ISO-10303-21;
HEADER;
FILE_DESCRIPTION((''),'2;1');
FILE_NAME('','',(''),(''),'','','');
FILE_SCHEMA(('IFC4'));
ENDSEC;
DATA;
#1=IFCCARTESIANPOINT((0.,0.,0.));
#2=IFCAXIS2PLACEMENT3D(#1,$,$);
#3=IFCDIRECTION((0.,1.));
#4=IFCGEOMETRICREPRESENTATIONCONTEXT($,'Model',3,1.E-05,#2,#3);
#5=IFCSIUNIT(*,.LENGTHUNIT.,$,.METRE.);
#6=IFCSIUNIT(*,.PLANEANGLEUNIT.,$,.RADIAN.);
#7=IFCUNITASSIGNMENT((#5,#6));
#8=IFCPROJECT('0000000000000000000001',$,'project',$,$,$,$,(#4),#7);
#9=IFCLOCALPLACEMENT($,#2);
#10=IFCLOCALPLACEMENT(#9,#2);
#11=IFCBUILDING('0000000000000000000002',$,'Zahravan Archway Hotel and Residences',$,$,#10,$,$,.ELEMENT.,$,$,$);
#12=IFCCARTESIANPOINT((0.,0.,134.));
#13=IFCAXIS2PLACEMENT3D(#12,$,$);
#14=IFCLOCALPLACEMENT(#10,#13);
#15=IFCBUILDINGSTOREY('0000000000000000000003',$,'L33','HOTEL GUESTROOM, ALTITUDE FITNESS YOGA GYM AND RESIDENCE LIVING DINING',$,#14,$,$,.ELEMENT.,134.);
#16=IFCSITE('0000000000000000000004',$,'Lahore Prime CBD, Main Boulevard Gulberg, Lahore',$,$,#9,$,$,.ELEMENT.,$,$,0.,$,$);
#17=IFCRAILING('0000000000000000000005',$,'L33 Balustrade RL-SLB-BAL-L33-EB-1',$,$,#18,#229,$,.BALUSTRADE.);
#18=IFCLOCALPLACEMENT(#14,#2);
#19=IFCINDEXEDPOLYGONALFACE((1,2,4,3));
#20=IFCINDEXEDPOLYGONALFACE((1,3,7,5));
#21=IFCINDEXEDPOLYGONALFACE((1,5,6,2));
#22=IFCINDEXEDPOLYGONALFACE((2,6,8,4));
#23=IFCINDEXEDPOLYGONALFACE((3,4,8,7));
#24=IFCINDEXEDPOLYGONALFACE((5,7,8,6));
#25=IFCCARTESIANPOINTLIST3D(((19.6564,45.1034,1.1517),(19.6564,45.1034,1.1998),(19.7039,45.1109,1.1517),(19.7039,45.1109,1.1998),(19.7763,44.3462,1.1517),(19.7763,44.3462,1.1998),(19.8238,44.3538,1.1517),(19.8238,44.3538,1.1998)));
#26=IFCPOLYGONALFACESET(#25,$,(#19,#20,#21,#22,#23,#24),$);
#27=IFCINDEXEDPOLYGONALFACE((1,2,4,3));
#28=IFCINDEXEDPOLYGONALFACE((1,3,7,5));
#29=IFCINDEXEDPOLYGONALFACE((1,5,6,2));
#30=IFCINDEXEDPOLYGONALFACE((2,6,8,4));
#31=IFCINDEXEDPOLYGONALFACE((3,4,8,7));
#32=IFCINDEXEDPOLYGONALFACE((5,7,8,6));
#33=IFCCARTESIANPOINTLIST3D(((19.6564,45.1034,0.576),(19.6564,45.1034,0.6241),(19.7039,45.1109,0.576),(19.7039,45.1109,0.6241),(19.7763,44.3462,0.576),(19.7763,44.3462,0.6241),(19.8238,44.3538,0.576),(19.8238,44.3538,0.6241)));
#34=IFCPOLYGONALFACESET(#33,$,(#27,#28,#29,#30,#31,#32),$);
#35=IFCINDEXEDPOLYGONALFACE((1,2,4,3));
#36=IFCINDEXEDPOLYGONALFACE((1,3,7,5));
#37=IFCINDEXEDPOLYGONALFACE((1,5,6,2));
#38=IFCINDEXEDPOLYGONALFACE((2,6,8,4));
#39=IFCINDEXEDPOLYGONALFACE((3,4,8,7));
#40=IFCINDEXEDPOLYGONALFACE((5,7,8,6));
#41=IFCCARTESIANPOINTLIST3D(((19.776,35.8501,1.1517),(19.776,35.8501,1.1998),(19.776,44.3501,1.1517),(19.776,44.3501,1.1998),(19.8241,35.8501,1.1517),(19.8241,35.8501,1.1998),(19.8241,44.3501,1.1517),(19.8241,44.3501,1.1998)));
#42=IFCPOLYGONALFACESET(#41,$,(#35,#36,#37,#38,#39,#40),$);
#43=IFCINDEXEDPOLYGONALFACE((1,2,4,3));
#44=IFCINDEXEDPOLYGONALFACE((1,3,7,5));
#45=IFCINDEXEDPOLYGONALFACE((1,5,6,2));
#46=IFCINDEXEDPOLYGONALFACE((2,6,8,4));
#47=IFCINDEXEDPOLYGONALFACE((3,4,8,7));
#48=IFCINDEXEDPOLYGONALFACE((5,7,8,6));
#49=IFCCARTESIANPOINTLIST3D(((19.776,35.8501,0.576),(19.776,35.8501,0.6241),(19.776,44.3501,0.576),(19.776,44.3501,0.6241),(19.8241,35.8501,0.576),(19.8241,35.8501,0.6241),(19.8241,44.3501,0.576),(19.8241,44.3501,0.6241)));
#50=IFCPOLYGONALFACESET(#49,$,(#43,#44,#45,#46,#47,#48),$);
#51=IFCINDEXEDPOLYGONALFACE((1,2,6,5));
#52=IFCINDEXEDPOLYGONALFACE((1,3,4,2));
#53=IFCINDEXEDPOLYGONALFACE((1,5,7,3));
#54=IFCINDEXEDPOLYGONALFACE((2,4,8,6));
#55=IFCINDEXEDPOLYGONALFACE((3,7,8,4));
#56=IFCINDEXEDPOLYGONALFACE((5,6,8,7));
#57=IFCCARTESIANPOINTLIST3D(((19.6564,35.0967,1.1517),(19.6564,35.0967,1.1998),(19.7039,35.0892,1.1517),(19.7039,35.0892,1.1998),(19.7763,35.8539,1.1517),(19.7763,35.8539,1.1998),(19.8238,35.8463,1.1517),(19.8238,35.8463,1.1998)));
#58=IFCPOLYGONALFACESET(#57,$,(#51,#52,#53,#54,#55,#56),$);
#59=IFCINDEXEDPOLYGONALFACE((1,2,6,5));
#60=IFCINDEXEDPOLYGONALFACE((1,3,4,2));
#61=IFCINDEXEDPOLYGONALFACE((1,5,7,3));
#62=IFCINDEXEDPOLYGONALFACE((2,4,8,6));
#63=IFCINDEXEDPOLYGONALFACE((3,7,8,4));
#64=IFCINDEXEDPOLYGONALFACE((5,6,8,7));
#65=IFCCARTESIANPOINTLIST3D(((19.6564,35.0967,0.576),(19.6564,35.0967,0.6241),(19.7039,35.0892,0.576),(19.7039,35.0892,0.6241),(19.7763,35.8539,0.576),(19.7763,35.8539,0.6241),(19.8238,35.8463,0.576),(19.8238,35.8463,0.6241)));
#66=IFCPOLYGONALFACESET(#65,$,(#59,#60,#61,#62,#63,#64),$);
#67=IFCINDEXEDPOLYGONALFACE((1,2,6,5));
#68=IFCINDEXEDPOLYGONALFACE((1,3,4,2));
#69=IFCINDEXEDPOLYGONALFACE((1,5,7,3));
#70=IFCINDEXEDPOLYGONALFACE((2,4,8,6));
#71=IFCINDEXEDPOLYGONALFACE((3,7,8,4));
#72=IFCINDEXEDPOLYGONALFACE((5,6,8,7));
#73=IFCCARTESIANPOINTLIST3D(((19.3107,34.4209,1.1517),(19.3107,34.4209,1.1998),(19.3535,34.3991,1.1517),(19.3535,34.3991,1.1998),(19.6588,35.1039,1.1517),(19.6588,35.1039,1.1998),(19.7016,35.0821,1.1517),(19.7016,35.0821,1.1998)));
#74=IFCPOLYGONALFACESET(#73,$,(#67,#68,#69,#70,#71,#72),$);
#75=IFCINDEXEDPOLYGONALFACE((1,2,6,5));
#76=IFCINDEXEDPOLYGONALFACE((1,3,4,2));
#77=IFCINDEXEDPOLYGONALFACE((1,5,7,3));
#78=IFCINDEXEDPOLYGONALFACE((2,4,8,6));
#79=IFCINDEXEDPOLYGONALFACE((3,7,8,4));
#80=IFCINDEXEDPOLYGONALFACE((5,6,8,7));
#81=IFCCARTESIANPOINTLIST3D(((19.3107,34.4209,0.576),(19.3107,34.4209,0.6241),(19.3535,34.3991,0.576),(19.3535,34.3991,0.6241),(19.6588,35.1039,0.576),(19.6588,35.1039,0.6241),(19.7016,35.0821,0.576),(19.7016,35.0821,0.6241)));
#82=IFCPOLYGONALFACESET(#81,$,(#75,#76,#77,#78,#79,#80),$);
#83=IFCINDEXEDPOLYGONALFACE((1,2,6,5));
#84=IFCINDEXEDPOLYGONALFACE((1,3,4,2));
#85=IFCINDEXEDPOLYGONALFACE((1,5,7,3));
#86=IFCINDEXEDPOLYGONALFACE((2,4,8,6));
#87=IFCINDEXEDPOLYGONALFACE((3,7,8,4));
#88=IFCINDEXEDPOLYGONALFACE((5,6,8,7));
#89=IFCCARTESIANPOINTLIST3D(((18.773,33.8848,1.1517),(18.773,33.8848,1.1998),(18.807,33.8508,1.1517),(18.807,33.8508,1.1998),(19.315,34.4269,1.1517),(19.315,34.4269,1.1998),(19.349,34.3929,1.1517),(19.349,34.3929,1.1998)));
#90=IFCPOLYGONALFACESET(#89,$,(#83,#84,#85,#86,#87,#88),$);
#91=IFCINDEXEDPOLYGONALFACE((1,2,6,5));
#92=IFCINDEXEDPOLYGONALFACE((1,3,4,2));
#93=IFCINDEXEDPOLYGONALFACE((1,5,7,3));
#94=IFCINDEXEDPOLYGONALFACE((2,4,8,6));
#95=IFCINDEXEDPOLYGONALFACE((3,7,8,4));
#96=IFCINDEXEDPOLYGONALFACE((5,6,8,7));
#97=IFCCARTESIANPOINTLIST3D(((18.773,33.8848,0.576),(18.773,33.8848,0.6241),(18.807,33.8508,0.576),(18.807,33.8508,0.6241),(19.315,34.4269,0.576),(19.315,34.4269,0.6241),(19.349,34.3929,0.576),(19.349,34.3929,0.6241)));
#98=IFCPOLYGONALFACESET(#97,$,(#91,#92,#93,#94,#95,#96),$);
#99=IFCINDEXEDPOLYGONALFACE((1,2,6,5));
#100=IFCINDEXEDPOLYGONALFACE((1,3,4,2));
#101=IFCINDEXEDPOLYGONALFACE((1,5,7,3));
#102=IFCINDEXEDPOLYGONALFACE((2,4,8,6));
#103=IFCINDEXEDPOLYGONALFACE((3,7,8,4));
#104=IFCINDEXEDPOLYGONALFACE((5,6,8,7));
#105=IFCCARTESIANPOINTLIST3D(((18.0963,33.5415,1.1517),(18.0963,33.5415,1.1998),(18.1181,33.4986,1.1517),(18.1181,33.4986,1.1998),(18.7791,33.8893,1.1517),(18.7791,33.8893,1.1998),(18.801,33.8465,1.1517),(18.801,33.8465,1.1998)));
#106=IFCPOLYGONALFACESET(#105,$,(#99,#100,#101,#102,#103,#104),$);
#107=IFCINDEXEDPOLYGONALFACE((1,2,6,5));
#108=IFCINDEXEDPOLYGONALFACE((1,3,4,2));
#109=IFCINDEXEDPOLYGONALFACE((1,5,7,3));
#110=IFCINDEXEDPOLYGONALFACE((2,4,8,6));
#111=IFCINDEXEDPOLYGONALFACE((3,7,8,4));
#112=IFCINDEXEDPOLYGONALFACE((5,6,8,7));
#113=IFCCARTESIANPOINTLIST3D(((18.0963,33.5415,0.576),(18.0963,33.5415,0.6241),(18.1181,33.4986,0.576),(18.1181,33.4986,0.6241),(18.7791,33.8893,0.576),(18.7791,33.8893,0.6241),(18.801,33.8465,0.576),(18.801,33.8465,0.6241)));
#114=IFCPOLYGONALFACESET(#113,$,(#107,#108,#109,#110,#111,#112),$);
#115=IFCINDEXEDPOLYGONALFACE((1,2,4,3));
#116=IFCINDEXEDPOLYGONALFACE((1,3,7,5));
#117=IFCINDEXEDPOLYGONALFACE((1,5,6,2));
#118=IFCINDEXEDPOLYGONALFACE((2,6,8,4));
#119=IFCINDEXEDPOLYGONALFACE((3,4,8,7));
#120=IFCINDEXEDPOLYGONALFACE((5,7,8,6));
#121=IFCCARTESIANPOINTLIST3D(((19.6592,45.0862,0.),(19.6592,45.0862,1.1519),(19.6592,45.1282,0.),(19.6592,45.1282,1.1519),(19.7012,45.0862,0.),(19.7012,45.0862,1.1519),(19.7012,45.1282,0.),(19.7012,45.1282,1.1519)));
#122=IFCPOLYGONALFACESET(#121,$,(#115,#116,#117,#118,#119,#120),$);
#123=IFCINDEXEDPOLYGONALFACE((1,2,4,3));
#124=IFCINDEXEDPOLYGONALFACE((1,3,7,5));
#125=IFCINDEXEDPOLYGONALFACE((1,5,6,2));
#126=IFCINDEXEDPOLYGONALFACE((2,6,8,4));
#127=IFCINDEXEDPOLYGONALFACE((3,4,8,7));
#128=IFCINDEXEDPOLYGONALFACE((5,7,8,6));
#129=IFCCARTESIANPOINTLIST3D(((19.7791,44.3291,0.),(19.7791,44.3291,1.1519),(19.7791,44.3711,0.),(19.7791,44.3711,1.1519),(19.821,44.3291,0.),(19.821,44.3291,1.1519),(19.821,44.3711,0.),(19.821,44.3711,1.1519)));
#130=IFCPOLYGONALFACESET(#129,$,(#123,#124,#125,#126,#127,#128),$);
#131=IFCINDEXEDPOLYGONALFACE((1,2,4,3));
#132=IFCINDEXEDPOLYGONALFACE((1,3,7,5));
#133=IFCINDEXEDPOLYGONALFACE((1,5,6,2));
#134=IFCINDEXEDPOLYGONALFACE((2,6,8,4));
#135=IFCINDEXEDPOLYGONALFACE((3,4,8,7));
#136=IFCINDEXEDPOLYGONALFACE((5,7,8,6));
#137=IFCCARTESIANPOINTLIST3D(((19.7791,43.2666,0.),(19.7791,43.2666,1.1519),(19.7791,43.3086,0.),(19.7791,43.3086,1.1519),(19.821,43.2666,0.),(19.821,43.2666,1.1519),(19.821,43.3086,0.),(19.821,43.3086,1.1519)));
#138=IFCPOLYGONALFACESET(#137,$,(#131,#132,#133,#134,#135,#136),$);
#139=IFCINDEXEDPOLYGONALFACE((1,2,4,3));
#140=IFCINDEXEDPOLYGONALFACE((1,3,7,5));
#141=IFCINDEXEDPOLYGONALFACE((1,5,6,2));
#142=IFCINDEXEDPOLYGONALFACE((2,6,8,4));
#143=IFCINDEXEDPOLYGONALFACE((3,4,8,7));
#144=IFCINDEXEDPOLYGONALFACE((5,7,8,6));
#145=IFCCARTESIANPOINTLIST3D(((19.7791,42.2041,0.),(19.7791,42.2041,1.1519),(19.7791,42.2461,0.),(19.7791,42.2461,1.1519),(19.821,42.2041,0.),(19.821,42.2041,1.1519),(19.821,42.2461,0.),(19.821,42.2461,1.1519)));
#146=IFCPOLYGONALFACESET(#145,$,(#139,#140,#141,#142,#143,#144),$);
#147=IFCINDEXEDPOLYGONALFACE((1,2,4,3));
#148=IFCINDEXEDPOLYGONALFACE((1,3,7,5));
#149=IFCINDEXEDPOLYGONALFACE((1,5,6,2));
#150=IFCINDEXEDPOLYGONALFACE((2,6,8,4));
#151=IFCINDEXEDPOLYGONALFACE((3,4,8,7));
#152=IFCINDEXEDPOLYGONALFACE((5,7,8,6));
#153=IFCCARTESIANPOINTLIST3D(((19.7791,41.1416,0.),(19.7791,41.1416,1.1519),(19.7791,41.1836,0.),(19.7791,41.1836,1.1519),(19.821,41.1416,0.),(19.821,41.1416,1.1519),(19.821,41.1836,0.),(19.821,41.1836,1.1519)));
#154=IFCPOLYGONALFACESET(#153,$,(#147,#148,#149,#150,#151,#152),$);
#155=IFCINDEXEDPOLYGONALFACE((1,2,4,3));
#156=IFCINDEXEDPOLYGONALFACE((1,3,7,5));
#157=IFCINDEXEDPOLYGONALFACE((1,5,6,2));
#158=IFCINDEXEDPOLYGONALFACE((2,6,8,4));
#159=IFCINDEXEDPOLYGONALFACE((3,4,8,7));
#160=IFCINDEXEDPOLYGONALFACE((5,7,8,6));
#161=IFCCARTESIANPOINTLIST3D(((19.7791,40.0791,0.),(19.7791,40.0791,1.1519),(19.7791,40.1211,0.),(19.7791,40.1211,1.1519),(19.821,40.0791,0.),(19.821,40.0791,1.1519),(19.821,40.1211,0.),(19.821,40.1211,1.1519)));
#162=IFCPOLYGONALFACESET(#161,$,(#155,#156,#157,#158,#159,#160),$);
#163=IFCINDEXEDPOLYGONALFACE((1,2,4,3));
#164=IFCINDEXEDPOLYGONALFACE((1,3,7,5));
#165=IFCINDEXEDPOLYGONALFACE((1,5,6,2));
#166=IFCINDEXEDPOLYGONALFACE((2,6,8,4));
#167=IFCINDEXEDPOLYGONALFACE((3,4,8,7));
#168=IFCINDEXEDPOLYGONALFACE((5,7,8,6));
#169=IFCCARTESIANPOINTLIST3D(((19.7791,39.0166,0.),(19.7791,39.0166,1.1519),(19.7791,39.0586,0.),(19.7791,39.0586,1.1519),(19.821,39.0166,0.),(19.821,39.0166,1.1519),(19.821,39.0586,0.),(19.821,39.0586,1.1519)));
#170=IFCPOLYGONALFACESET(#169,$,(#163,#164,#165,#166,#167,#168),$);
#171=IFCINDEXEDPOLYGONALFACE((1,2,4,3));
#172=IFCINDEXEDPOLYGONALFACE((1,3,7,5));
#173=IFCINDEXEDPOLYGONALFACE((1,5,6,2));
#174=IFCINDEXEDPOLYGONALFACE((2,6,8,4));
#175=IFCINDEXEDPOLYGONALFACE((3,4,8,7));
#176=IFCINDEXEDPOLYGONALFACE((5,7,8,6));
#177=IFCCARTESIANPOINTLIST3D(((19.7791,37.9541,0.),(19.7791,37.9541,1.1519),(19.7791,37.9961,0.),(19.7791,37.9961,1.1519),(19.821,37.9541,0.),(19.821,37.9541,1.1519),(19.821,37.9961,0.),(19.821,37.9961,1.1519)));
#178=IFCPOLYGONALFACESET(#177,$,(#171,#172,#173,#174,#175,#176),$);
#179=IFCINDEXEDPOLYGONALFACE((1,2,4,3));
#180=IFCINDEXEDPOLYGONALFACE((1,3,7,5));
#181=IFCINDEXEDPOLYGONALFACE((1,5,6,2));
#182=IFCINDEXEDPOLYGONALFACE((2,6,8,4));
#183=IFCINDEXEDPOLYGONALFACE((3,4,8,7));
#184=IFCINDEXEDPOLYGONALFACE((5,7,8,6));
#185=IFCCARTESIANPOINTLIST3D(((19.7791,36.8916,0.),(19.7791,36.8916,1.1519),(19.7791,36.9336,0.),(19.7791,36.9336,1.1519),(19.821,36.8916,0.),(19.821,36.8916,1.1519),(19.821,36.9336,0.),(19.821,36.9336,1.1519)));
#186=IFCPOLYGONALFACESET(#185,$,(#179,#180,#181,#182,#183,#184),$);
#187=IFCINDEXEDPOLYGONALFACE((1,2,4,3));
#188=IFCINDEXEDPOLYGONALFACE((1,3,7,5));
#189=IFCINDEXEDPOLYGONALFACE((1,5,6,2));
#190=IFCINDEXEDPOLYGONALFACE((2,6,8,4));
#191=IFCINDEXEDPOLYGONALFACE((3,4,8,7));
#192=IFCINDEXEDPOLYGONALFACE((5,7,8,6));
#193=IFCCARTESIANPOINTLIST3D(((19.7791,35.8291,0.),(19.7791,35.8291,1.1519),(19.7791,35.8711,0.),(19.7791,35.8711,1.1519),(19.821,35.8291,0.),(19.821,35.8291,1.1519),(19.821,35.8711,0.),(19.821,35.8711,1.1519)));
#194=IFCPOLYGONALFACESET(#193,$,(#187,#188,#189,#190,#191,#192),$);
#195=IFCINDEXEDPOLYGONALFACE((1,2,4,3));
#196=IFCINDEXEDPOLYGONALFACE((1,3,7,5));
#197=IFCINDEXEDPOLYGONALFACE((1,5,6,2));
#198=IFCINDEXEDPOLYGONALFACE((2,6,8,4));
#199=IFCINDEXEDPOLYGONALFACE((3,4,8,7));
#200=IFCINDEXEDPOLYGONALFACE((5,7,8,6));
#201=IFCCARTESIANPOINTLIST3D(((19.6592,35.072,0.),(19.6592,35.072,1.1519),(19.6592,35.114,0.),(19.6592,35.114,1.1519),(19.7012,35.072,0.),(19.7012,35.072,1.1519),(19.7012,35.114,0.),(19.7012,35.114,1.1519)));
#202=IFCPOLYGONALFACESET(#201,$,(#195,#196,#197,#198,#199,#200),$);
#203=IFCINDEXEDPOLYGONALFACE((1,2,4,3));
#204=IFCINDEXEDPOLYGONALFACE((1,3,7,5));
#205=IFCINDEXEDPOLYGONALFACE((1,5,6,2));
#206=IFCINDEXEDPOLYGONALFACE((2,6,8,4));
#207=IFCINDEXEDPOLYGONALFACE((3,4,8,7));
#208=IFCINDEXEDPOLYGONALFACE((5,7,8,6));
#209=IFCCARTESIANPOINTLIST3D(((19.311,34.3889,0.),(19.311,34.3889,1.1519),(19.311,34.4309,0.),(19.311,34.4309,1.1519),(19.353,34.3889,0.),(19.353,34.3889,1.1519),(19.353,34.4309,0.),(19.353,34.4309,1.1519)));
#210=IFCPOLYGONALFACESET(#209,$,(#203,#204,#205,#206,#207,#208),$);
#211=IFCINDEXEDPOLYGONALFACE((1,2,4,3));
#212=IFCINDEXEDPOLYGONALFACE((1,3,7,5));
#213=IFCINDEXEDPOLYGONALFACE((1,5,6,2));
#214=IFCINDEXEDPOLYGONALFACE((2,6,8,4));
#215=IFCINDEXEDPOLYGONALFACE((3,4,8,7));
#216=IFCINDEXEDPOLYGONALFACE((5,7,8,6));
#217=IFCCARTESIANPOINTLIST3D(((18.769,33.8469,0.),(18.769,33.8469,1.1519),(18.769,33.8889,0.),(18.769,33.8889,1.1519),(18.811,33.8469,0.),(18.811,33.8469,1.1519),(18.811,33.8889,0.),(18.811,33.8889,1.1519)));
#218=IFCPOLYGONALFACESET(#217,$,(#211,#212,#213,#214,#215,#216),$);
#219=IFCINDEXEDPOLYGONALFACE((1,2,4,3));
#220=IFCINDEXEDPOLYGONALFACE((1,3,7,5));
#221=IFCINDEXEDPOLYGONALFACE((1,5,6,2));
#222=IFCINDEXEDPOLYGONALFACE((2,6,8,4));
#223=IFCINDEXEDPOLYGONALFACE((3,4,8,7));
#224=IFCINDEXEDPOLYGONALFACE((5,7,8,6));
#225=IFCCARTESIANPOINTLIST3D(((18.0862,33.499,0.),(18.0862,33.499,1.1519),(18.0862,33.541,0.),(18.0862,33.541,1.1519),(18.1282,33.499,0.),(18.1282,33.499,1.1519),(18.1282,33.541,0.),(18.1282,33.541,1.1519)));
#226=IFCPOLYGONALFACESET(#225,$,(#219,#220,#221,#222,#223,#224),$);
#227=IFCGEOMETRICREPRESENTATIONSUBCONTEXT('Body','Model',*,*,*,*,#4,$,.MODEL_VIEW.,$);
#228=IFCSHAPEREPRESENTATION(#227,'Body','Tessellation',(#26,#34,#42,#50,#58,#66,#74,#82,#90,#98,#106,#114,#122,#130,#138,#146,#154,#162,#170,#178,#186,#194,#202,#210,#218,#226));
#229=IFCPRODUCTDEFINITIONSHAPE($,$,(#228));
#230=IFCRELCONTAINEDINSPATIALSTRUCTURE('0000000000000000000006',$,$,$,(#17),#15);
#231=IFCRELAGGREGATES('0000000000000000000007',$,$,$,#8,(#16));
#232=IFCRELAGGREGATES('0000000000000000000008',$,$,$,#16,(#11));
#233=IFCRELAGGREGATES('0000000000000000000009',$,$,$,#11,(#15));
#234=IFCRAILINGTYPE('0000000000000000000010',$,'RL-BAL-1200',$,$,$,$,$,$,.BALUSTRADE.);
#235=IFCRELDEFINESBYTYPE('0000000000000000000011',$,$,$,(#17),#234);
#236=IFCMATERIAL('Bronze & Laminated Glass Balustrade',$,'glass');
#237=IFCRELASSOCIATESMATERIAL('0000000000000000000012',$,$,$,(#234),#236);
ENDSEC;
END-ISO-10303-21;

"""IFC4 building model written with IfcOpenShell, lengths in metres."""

from ifc_helpers import new_model, si_unit, direction, frame, origin, origin_2d, place, context, subcontext, project, spatial, rectangle, extrude, material, type_object, element, save


model = new_model("IFC4")

# Units and contexts
model_context = context("Model", 3, precision=1e-05, world=origin(), true_north=direction((0.0, 1.0)))
body_context = subcontext(model_context, "Body", "Model", "MODEL_VIEW")
ifc_project = project(units=[si_unit("LENGTHUNIT", "METRE"), si_unit("PLANEANGLEUNIT", "RADIAN")], contexts=[model_context])

# Site, building, storey
site_placement = place(None, origin())
site = spatial("IfcSite", under=ifc_project, at=site_placement, Name="Lahore Prime CBD, Main Boulevard Gulberg, Lahore", CompositionType="ELEMENT", RefElevation=0.0)
building_placement = place(site_placement, origin())
building = spatial("IfcBuilding", under=site, at=building_placement, Name="Zahravan Archway Hotel and Residences", CompositionType="ELEMENT")
storey_placement = place(building_placement, frame((0.0, 0.0, 134.0)))
storey = spatial("IfcBuildingStorey", under=building, at=storey_placement, Name="L33", Description="HOTEL GUESTROOM, ALTITUDE FITNESS YOGA GYM AND RESIDENCE LIVING DINING", CompositionType="ELEMENT", Elevation=134.0)

# Railing
ifc_material_1 = material(Name="Bronze & Laminated Glass Balustrade", Category="glass")
railing_type = type_object("IfcRailingType", Name="RL-BAL-1200", PredefinedType="BALUSTRADE", material=ifc_material_1)
railing_placement = place(storey_placement, frame((19.6802, 45.1072, 0.0)))
element("IfcRailing", 1, at=railing_placement, inside=storey, type_object=railing_type, Name="L33 Balustrade RL-SLB-BAL-L33-EB-1", PredefinedType="BALUSTRADE", context=body_context, shape_type="SweptSolid", body=[
    extrude(rectangle(XDim=0.0481, YDim=0.0481, at=origin_2d()), frame((0.0, 0.0, 1.1758), z_axis=(0.156388, -0.987696, 0.0), x_axis=(0.987696, 0.156388, 0.0)), (0.0, 0.0, 1.0), 0.7666),
    extrude(rectangle(XDim=0.0481, YDim=0.0481, at=origin_2d()), frame((0.0, 0.0, 0.6001), z_axis=(0.156388, -0.987696, 0.0), x_axis=(0.987696, 0.156388, 0.0)), (0.0, 0.0, 1.0), 0.7666),
    extrude(rectangle(XDim=0.0481, YDim=0.0481, at=origin_2d()), frame((0.1199, -0.7571, 1.1758), z_axis=(0.0, -1.0, 0.0), x_axis=(1.0, 0.0, 0.0)), (0.0, 0.0, 1.0), 8.5),
    extrude(rectangle(XDim=0.0481, YDim=0.0481, at=origin_2d()), frame((0.1199, -0.7571, 0.6001), z_axis=(0.0, -1.0, 0.0), x_axis=(1.0, 0.0, 0.0)), (0.0, 0.0, 1.0), 8.5),
    extrude(rectangle(XDim=0.0481, YDim=0.0481, at=origin_2d()), frame((0.1199, -9.2571, 1.1758), z_axis=(-0.156388, -0.987696, 0.0), x_axis=(0.987696, -0.156388, 0.0)), (0.0, 0.0, 1.0), 0.7666),
    extrude(rectangle(XDim=0.0481, YDim=0.0481, at=origin_2d()), frame((0.1199, -9.2571, 0.6001), z_axis=(-0.156388, -0.987696, 0.0), x_axis=(0.987696, -0.156388, 0.0)), (0.0, 0.0, 1.0), 0.7666),
    extrude(rectangle(XDim=0.0481, YDim=0.0481, at=origin_2d()), frame((0.0, -10.0142, 1.1758), z_axis=(-0.454078, -0.890962, 0.0), x_axis=(0.890962, -0.454078, 0.0)), (0.0, 0.0, 1.0), 0.7666),
    extrude(rectangle(XDim=0.0481, YDim=0.0481, at=origin_2d()), frame((0.0, -10.0142, 0.6001), z_axis=(-0.454078, -0.890962, 0.0), x_axis=(0.890962, -0.454078, 0.0)), (0.0, 0.0, 1.0), 0.7666),
    extrude(rectangle(XDim=0.0481, YDim=0.0481, at=origin_2d()), frame((-0.3481, -10.6973, 1.1758), z_axis=(-0.707107, -0.707107, 0.0), x_axis=(0.707107, -0.707107, 0.0)), (0.0, 0.0, 1.0), 0.7666),
    extrude(rectangle(XDim=0.0481, YDim=0.0481, at=origin_2d()), frame((-0.3481, -10.6973, 0.6001), z_axis=(-0.707107, -0.707107, 0.0), x_axis=(0.707107, -0.707107, 0.0)), (0.0, 0.0, 1.0), 0.7666),
    extrude(rectangle(XDim=0.0481, YDim=0.0481, at=origin_2d()), frame((-0.8901, -11.2393, 1.1758), z_axis=(-0.891025, -0.453954, 0.0), x_axis=(0.453954, -0.891025, 0.0)), (0.0, 0.0, 1.0), 0.7664),
    extrude(rectangle(XDim=0.0481, YDim=0.0481, at=origin_2d()), frame((-0.8901, -11.2393, 0.6001), z_axis=(-0.891025, -0.453954, 0.0), x_axis=(0.453954, -0.891025, 0.0)), (0.0, 0.0, 1.0), 0.7664),
    extrude(rectangle(XDim=0.042, YDim=0.042, at=origin_2d()), origin(), (0.0, 0.0, 1.0), 1.1519),
    extrude(rectangle(XDim=0.042, YDim=0.042, at=origin_2d()), frame((0.1199, -0.7571, 0.0)), (0.0, 0.0, 1.0), 1.1519),
    extrude(rectangle(XDim=0.042, YDim=0.042, at=origin_2d()), frame((0.1199, -1.8196, 0.0)), (0.0, 0.0, 1.0), 1.1519),
    extrude(rectangle(XDim=0.042, YDim=0.042, at=origin_2d()), frame((0.1199, -2.8821, 0.0)), (0.0, 0.0, 1.0), 1.1519),
    extrude(rectangle(XDim=0.042, YDim=0.042, at=origin_2d()), frame((0.1199, -3.9446, 0.0)), (0.0, 0.0, 1.0), 1.1519),
    extrude(rectangle(XDim=0.042, YDim=0.042, at=origin_2d()), frame((0.1199, -5.0071, 0.0)), (0.0, 0.0, 1.0), 1.1519),
    extrude(rectangle(XDim=0.042, YDim=0.042, at=origin_2d()), frame((0.1199, -6.0696, 0.0)), (0.0, 0.0, 1.0), 1.1519),
    extrude(rectangle(XDim=0.042, YDim=0.042, at=origin_2d()), frame((0.1199, -7.1321, 0.0)), (0.0, 0.0, 1.0), 1.1519),
    extrude(rectangle(XDim=0.042, YDim=0.042, at=origin_2d()), frame((0.1199, -8.1946, 0.0)), (0.0, 0.0, 1.0), 1.1519),
    extrude(rectangle(XDim=0.042, YDim=0.042, at=origin_2d()), frame((0.1199, -9.2571, 0.0)), (0.0, 0.0, 1.0), 1.1519),
    extrude(rectangle(XDim=0.042, YDim=0.042, at=origin_2d()), frame((0.0, -10.0142, 0.0)), (0.0, 0.0, 1.0), 1.1519),
    extrude(rectangle(XDim=0.042, YDim=0.042, at=origin_2d()), frame((-0.3481, -10.6973, 0.0)), (0.0, 0.0, 1.0), 1.1519),
    extrude(rectangle(XDim=0.042, YDim=0.042, at=origin_2d()), frame((-0.8901, -11.2393, 0.0)), (0.0, 0.0, 1.0), 1.1519),
    extrude(rectangle(XDim=0.042, YDim=0.042, at=origin_2d()), frame((-1.573, -11.5872, 0.0)), (0.0, 0.0, 1.0), 1.1519),
])

save(model, "model.ifc")
